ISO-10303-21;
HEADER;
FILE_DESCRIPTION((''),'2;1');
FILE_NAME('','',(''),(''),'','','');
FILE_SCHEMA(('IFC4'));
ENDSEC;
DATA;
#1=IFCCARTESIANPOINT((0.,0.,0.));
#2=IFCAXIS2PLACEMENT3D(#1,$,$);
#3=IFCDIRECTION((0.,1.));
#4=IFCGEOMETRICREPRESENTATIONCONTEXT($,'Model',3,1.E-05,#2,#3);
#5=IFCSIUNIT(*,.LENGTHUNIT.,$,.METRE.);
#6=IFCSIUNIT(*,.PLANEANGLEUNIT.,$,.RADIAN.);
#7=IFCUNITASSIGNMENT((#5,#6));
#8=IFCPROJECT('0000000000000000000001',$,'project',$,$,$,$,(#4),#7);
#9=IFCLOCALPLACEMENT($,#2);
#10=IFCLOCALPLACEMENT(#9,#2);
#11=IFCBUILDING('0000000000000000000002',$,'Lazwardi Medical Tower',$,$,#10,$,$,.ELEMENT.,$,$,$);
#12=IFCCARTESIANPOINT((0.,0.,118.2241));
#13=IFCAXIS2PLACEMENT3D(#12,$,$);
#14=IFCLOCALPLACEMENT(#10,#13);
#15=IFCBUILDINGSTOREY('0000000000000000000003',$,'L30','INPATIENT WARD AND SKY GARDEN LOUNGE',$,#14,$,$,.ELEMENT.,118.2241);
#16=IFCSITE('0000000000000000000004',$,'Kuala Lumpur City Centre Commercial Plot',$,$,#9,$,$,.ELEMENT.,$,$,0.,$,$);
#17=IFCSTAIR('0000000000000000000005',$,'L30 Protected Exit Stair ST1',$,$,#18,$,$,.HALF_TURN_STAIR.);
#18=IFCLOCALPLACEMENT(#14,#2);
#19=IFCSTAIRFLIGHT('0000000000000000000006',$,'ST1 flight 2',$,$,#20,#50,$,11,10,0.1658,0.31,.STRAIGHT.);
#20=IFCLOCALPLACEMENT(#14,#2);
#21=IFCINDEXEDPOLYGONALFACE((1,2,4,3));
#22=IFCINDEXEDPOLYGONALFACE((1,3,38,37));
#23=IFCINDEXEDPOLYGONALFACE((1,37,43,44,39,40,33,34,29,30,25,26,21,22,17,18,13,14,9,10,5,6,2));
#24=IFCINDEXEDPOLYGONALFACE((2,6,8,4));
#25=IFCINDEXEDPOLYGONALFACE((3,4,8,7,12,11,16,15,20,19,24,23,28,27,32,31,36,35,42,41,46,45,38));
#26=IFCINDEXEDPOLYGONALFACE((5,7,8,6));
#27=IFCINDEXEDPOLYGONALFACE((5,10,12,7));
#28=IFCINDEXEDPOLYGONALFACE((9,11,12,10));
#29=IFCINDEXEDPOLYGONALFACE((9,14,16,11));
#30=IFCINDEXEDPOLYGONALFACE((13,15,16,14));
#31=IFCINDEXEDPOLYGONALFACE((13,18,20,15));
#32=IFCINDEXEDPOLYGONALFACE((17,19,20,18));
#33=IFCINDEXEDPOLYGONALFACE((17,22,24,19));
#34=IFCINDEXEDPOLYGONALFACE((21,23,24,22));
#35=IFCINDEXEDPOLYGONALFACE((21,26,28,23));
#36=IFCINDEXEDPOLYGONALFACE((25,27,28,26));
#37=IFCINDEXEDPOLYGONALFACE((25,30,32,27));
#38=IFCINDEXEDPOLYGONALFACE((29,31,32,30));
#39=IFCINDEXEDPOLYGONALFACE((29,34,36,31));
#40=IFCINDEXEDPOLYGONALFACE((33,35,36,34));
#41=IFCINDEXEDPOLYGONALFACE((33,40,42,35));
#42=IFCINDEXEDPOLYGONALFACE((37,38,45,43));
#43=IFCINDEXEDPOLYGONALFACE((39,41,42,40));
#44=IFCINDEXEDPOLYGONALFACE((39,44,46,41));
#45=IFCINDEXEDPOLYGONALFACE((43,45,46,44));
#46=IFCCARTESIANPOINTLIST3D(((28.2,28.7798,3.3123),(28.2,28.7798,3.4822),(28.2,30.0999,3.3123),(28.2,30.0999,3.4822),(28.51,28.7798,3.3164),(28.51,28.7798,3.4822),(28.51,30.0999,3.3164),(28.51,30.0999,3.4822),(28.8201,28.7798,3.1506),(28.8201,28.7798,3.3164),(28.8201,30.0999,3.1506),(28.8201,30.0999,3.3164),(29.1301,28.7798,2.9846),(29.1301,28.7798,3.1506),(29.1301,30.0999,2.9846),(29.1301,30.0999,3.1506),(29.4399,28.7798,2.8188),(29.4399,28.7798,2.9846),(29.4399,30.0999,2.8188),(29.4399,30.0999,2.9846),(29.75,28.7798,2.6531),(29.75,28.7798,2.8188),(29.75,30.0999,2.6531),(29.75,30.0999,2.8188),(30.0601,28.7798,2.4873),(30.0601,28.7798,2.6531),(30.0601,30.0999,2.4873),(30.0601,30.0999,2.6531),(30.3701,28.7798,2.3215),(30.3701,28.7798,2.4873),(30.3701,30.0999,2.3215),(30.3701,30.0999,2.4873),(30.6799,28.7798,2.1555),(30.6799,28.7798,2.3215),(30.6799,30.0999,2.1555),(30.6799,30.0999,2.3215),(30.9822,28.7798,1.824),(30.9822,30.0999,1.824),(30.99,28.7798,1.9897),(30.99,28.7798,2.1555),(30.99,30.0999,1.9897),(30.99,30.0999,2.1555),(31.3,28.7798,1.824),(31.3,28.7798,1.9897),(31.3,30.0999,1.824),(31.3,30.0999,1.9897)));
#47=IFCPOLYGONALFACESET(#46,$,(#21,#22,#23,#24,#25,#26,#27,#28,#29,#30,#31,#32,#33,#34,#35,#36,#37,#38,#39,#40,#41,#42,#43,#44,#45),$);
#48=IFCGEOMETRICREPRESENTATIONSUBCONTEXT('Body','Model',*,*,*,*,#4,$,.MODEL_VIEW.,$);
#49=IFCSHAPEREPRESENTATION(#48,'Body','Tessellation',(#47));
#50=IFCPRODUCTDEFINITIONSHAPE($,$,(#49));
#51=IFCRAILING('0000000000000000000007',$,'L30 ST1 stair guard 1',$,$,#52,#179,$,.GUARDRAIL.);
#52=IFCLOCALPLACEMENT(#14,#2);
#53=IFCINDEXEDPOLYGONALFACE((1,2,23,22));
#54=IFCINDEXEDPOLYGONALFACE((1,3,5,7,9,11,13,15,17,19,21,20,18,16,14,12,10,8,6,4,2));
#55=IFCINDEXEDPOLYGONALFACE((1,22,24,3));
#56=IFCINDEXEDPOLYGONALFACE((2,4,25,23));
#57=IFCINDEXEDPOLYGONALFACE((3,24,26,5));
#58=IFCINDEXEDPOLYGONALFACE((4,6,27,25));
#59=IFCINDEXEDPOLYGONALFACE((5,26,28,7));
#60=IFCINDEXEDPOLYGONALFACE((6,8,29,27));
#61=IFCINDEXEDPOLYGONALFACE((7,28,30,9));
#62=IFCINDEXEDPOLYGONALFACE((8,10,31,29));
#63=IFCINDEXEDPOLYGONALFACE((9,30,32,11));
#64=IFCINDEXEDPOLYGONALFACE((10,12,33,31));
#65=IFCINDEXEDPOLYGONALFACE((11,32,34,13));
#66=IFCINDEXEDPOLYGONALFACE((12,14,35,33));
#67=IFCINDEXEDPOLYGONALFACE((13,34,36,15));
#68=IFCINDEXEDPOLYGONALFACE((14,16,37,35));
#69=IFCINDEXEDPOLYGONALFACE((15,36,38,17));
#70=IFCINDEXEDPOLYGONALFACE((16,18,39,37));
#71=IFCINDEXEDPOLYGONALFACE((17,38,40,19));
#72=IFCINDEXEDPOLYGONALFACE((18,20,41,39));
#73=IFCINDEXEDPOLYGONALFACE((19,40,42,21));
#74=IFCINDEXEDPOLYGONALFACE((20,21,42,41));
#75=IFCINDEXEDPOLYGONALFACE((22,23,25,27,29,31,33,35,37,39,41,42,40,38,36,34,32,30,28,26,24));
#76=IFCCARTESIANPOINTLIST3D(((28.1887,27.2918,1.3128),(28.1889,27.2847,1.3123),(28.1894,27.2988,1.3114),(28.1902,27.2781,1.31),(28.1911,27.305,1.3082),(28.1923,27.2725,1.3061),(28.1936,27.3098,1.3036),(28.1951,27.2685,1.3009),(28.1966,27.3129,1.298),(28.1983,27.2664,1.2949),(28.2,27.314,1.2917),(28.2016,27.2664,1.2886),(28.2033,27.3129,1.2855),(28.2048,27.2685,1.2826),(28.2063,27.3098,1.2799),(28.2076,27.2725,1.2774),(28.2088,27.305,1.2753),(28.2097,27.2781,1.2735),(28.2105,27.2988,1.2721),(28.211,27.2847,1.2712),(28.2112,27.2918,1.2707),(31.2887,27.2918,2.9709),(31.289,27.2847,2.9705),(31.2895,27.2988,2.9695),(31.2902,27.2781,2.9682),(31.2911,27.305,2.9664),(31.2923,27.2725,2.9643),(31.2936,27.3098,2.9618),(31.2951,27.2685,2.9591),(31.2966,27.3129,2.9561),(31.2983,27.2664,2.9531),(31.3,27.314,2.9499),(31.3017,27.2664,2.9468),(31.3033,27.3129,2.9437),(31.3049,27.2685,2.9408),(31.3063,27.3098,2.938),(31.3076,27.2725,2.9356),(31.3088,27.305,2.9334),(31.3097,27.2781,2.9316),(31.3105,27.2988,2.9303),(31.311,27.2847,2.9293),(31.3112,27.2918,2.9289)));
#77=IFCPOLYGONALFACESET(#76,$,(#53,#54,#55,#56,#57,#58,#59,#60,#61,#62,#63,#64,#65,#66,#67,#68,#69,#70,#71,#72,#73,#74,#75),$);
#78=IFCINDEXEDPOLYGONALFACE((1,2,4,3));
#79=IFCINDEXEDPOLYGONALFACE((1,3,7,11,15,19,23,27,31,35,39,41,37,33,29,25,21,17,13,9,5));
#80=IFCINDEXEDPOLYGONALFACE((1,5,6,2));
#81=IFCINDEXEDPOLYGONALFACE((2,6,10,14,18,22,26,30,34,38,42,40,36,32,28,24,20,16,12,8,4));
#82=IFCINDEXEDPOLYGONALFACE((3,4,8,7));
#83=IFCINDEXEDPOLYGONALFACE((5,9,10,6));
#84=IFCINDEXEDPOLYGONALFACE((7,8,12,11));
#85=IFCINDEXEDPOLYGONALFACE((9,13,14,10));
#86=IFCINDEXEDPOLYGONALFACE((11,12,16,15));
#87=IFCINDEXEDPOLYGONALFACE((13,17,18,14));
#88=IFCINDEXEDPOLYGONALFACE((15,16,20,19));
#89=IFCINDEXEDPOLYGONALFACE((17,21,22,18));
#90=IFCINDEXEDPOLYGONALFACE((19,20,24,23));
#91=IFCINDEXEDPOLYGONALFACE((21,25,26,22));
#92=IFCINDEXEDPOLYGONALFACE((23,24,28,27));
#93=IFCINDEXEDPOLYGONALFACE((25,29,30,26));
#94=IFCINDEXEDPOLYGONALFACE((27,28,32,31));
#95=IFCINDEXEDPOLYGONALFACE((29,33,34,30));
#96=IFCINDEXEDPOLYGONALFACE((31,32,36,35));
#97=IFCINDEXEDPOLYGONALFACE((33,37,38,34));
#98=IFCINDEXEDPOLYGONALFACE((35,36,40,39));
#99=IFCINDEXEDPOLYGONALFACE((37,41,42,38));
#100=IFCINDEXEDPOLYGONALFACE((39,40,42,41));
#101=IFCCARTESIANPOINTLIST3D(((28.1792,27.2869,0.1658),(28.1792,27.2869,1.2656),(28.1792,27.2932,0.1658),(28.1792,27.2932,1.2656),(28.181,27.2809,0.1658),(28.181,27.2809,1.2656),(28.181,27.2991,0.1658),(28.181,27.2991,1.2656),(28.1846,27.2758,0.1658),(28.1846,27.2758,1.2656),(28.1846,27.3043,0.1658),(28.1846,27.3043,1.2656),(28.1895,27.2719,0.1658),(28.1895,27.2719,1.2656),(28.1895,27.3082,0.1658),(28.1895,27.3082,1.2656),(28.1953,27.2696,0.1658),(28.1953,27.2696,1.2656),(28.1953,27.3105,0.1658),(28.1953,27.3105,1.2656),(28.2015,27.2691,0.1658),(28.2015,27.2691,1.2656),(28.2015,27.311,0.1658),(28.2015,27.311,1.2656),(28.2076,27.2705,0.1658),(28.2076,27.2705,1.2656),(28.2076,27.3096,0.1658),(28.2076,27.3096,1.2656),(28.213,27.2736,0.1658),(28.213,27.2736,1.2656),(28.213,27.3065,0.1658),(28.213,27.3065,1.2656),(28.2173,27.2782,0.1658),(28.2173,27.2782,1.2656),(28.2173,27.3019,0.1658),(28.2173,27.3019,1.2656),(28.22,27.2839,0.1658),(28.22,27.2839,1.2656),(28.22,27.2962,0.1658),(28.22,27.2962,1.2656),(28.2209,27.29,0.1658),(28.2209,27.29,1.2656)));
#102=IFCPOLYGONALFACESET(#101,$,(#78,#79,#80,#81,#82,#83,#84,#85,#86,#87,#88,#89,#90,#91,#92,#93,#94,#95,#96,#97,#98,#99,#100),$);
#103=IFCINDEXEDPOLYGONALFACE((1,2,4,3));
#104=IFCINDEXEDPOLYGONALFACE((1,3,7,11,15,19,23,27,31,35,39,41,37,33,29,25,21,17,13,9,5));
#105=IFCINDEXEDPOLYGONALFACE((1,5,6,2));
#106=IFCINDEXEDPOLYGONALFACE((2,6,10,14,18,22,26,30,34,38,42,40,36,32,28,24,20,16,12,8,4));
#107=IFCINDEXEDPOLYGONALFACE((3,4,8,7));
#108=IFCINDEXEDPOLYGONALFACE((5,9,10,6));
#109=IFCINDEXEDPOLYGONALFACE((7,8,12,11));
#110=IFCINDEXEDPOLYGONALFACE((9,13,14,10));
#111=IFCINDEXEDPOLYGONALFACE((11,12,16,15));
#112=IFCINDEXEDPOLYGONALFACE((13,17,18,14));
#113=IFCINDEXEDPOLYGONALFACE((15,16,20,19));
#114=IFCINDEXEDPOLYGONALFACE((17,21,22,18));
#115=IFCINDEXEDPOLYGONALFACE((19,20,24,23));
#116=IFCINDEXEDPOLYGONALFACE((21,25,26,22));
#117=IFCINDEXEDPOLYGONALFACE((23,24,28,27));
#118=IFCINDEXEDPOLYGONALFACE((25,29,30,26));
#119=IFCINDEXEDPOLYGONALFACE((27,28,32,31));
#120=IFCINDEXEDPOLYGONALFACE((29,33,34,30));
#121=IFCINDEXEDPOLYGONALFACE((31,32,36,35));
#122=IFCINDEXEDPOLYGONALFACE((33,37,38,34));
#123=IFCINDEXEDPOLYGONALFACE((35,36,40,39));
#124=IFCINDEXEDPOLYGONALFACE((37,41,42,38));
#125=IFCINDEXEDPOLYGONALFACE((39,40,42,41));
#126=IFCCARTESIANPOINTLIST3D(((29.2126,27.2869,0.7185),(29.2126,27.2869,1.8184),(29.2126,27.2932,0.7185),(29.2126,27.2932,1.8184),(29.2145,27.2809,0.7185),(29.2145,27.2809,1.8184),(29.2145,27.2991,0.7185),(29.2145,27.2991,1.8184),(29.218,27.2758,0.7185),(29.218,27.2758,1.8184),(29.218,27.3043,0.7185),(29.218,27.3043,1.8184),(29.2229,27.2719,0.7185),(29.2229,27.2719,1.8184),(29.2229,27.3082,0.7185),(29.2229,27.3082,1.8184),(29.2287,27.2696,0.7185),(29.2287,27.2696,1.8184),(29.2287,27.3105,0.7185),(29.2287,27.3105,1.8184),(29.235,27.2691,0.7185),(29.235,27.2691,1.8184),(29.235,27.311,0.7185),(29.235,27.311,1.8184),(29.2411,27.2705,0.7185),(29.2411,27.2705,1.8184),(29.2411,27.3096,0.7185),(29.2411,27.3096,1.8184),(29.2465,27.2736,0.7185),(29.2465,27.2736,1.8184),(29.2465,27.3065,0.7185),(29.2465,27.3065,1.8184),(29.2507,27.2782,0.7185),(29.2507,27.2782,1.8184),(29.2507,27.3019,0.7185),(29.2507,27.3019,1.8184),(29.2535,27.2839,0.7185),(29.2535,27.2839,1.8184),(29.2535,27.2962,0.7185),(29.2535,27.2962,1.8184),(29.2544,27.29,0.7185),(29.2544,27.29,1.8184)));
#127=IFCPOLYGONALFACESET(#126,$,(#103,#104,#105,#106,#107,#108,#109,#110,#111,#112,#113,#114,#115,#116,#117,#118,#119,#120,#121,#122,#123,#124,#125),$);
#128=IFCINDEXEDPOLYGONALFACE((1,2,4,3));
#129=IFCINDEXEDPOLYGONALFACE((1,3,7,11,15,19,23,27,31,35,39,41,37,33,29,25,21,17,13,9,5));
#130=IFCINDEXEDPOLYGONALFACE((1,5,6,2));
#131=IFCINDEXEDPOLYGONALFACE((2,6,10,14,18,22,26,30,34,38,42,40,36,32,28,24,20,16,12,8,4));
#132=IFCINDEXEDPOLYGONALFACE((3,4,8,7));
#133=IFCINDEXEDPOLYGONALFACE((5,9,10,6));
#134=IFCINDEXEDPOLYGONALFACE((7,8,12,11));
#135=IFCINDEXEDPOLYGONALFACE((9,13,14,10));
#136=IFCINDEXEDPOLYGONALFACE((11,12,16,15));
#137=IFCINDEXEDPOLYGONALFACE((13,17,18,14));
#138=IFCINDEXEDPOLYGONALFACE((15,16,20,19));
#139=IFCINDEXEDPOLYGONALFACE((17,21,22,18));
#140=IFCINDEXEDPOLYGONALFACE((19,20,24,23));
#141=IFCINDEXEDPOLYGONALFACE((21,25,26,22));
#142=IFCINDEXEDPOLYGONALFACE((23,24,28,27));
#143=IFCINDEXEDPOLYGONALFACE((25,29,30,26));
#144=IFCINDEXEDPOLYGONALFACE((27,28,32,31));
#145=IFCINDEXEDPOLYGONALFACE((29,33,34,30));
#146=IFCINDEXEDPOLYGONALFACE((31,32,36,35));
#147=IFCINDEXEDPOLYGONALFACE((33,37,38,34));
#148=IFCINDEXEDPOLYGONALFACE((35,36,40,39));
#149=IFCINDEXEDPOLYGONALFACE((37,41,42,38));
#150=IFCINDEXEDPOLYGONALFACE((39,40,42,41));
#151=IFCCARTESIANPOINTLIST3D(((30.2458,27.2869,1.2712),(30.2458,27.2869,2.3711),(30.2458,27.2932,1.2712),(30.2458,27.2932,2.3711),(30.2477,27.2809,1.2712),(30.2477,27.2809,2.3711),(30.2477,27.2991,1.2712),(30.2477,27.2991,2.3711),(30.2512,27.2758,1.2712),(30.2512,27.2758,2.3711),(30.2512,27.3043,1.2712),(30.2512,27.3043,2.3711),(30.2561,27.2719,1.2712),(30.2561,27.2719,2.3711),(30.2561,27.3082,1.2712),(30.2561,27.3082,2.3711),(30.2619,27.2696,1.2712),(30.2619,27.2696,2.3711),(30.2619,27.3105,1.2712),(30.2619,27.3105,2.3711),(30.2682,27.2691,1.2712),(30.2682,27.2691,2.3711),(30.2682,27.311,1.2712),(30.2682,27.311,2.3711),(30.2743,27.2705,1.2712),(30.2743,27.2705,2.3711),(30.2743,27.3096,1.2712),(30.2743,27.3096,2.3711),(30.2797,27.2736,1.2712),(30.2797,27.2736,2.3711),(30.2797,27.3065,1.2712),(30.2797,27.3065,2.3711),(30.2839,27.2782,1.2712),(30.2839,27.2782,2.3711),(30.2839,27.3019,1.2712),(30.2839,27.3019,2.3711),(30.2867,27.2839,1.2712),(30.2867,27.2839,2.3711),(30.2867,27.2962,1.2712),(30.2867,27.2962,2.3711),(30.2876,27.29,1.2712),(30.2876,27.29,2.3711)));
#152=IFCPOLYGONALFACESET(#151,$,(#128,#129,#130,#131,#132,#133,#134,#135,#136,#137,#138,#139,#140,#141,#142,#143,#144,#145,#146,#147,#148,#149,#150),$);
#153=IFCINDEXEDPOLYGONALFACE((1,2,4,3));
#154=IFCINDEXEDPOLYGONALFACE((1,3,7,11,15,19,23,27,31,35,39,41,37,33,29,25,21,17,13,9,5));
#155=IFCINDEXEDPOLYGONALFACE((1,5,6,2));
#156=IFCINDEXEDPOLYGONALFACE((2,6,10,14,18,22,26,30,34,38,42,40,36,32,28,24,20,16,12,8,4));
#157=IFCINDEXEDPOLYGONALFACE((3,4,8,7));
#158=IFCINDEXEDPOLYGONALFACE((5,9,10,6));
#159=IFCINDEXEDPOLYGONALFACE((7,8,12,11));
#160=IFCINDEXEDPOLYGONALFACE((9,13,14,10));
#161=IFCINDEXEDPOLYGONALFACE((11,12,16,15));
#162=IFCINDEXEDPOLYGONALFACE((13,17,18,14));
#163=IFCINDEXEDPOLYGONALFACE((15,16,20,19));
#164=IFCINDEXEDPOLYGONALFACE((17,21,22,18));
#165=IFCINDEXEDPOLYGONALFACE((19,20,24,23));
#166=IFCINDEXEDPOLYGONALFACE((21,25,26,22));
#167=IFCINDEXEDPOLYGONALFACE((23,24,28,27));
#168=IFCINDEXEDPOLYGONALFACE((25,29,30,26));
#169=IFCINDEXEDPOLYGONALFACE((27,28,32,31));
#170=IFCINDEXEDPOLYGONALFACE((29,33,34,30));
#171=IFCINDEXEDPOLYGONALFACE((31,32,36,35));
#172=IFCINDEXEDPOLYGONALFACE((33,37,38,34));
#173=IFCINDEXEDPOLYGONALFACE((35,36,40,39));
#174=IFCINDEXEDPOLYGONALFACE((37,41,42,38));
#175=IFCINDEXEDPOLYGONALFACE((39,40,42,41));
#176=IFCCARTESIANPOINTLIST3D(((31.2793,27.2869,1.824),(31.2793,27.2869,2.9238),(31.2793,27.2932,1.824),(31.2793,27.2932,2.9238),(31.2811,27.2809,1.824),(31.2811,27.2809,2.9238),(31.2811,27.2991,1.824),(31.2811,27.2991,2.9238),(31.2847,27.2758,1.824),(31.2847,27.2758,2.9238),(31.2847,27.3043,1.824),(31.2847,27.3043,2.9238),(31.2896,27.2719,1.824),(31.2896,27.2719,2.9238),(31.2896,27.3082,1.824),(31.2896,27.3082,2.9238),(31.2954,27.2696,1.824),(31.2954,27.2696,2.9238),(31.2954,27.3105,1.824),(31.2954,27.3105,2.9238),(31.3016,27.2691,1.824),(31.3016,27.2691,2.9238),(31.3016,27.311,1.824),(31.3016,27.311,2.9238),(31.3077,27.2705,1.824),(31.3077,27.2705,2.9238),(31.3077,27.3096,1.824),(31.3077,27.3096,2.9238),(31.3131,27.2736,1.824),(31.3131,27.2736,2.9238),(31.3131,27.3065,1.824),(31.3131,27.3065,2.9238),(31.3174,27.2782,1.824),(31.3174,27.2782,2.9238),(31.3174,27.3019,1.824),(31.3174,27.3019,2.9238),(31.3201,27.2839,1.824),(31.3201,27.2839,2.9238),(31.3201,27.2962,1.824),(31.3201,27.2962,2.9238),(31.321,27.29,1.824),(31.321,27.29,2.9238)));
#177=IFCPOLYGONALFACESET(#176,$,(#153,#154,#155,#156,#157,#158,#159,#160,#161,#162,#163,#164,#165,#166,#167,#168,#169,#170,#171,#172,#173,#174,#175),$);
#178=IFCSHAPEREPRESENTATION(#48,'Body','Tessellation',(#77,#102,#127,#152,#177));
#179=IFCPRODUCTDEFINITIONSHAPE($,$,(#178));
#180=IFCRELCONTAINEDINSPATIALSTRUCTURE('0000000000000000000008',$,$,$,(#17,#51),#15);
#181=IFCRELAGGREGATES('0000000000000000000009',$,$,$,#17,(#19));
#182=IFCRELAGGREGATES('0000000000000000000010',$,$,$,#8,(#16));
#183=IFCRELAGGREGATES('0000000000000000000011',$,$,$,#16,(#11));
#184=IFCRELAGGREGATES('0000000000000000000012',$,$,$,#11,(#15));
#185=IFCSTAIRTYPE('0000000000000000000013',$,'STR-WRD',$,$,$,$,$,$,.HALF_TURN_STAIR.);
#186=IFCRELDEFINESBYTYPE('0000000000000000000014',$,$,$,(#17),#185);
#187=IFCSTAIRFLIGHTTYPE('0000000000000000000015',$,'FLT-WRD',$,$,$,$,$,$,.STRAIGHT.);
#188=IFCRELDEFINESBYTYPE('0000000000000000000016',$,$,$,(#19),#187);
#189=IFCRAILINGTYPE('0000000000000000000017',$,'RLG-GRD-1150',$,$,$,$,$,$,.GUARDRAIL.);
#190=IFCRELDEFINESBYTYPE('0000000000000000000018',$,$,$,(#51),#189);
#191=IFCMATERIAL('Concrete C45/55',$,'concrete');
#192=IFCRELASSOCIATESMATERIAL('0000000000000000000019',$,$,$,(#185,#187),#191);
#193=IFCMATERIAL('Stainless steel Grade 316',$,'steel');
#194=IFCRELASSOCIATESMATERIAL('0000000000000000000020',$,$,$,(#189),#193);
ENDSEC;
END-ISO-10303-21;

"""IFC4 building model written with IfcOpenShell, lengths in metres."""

from ifc_helpers import new_model, si_unit, direction, frame, origin, origin_2d, place, context, subcontext, project, spatial, polyline, circle, outline, extrude, material, type_object, element, aggregate, save


model = new_model("IFC4")

# Units and contexts
model_context = context("Model", 3, precision=1e-05, world=origin(), true_north=direction((0.0, 1.0)))
body_context = subcontext(model_context, "Body", "Model", "MODEL_VIEW")
ifc_project = project(units=[si_unit("LENGTHUNIT", "METRE"), si_unit("PLANEANGLEUNIT", "RADIAN")], contexts=[model_context])

# Site, building, storey
site_placement = place(None, origin())
site = spatial("IfcSite", under=ifc_project, at=site_placement, Name="Kuala Lumpur City Centre Commercial Plot", CompositionType="ELEMENT", RefElevation=0.0)
building_placement = place(site_placement, origin())
building = spatial("IfcBuilding", under=site, at=building_placement, Name="Lazwardi Medical Tower", CompositionType="ELEMENT")
storey_placement = place(building_placement, frame((0.0, 0.0, 118.2241)))
storey = spatial("IfcBuildingStorey", under=building, at=storey_placement, Name="L30", Description="INPATIENT WARD AND SKY GARDEN LOUNGE", CompositionType="ELEMENT", Elevation=118.2241)

# Stair, stair flight
ifc_material_1 = material(Name="Concrete C45/55", Category="concrete")
stair_type = type_object("IfcStairType", Name="STR-WRD", PredefinedType="HALF_TURN_STAIR", material=ifc_material_1)
stair_placement = place(storey_placement, origin())
stair = element("IfcStair", 1, at=stair_placement, inside=storey, type_object=stair_type, Name="L30 Protected Exit Stair ST1", PredefinedType="HALF_TURN_STAIR")
stair_flight_type = type_object("IfcStairFlightType", Name="FLT-WRD", PredefinedType="STRAIGHT", material=ifc_material_1)
stair_flight_1_placement = place(storey_placement, frame((31.3, 29.4399, 1.824), z_axis=(0.0, 0.0, 1.0), x_axis=(-1.0, 0.0, 0.0)))
stair_flight_1 = element("IfcStairFlight", 2, at=stair_flight_1_placement, type_object=stair_flight_type, Name="ST1 flight 2", NumberOfRisers=11, NumberOfTreads=10, PredefinedType="STRAIGHT", RiserHeight=0.1658, TreadLength=0.31, context=body_context, shape_type="SweptSolid", body=[
    extrude(outline(polyline([(0.0, 0.0), (0.0, 0.1658), (0.3101, 0.1658), (0.3101, 0.3315), (0.6201, 0.3315), (0.6201, 0.4976), (0.9299, 0.4976), (0.9299, 0.6633), (1.24, 0.6633), (1.24, 0.8291), (1.55, 0.8291), (1.55, 0.9949), (1.8601, 0.9949), (1.8601, 1.1606), (2.1699, 1.1606), (2.1699, 1.3267), (2.48, 1.3267), (2.48, 1.4924), (2.79, 1.4924), (2.79, 1.6582), (3.1001, 1.6582), (3.1001, 1.824), (3.1001, 1.4883), (0.3179, 0.0), (0.0, 0.0)])), frame((0.0, 0.6602, 0.0), z_axis=(0.0, -1.0, 0.0), x_axis=(1.0, 0.0, 0.0)), (0.0, 0.0, 1.0), 1.3201),
])
aggregate(stair, [stair_flight_1])

# Railing
ifc_material_2 = material(Name="Stainless steel Grade 316", Category="steel")
railing_type_1 = type_object("IfcRailingType", Name="RLG-GRD-1150", PredefinedType="GUARDRAIL", material=ifc_material_2)
railing_1_placement = place(storey_placement, frame((28.2, 27.29, 0.1658)))
element("IfcRailing", 3, at=railing_1_placement, inside=storey, type_object=railing_type_1, Name="L30 ST1 stair guard 1", PredefinedType="GUARDRAIL", context=body_context, shape_type="SweptSolid", body=[
    extrude(circle(Radius=0.0239, at=origin_2d()), frame((0.0, 0.0, 1.126), z_axis=(0.881783, 0.0, 0.471655), x_axis=(0.0, 1.0, 0.0)), (0.0, 0.0, 1.0), 3.5156),
    extrude(circle(Radius=0.021, at=origin_2d()), origin(), (0.0, 0.0, 1.0), 1.0999),
    extrude(circle(Radius=0.021, at=origin_2d()), frame((1.0334, 0.0, 0.5527)), (0.0, 0.0, 1.0), 1.0999),
    extrude(circle(Radius=0.021, at=origin_2d()), frame((2.0667, 0.0, 1.1055)), (0.0, 0.0, 1.0), 1.0999),
    extrude(circle(Radius=0.021, at=origin_2d()), frame((3.1001, 0.0, 1.6582)), (0.0, 0.0, 1.0), 1.0999),
])

save(model, "model.ifc")
